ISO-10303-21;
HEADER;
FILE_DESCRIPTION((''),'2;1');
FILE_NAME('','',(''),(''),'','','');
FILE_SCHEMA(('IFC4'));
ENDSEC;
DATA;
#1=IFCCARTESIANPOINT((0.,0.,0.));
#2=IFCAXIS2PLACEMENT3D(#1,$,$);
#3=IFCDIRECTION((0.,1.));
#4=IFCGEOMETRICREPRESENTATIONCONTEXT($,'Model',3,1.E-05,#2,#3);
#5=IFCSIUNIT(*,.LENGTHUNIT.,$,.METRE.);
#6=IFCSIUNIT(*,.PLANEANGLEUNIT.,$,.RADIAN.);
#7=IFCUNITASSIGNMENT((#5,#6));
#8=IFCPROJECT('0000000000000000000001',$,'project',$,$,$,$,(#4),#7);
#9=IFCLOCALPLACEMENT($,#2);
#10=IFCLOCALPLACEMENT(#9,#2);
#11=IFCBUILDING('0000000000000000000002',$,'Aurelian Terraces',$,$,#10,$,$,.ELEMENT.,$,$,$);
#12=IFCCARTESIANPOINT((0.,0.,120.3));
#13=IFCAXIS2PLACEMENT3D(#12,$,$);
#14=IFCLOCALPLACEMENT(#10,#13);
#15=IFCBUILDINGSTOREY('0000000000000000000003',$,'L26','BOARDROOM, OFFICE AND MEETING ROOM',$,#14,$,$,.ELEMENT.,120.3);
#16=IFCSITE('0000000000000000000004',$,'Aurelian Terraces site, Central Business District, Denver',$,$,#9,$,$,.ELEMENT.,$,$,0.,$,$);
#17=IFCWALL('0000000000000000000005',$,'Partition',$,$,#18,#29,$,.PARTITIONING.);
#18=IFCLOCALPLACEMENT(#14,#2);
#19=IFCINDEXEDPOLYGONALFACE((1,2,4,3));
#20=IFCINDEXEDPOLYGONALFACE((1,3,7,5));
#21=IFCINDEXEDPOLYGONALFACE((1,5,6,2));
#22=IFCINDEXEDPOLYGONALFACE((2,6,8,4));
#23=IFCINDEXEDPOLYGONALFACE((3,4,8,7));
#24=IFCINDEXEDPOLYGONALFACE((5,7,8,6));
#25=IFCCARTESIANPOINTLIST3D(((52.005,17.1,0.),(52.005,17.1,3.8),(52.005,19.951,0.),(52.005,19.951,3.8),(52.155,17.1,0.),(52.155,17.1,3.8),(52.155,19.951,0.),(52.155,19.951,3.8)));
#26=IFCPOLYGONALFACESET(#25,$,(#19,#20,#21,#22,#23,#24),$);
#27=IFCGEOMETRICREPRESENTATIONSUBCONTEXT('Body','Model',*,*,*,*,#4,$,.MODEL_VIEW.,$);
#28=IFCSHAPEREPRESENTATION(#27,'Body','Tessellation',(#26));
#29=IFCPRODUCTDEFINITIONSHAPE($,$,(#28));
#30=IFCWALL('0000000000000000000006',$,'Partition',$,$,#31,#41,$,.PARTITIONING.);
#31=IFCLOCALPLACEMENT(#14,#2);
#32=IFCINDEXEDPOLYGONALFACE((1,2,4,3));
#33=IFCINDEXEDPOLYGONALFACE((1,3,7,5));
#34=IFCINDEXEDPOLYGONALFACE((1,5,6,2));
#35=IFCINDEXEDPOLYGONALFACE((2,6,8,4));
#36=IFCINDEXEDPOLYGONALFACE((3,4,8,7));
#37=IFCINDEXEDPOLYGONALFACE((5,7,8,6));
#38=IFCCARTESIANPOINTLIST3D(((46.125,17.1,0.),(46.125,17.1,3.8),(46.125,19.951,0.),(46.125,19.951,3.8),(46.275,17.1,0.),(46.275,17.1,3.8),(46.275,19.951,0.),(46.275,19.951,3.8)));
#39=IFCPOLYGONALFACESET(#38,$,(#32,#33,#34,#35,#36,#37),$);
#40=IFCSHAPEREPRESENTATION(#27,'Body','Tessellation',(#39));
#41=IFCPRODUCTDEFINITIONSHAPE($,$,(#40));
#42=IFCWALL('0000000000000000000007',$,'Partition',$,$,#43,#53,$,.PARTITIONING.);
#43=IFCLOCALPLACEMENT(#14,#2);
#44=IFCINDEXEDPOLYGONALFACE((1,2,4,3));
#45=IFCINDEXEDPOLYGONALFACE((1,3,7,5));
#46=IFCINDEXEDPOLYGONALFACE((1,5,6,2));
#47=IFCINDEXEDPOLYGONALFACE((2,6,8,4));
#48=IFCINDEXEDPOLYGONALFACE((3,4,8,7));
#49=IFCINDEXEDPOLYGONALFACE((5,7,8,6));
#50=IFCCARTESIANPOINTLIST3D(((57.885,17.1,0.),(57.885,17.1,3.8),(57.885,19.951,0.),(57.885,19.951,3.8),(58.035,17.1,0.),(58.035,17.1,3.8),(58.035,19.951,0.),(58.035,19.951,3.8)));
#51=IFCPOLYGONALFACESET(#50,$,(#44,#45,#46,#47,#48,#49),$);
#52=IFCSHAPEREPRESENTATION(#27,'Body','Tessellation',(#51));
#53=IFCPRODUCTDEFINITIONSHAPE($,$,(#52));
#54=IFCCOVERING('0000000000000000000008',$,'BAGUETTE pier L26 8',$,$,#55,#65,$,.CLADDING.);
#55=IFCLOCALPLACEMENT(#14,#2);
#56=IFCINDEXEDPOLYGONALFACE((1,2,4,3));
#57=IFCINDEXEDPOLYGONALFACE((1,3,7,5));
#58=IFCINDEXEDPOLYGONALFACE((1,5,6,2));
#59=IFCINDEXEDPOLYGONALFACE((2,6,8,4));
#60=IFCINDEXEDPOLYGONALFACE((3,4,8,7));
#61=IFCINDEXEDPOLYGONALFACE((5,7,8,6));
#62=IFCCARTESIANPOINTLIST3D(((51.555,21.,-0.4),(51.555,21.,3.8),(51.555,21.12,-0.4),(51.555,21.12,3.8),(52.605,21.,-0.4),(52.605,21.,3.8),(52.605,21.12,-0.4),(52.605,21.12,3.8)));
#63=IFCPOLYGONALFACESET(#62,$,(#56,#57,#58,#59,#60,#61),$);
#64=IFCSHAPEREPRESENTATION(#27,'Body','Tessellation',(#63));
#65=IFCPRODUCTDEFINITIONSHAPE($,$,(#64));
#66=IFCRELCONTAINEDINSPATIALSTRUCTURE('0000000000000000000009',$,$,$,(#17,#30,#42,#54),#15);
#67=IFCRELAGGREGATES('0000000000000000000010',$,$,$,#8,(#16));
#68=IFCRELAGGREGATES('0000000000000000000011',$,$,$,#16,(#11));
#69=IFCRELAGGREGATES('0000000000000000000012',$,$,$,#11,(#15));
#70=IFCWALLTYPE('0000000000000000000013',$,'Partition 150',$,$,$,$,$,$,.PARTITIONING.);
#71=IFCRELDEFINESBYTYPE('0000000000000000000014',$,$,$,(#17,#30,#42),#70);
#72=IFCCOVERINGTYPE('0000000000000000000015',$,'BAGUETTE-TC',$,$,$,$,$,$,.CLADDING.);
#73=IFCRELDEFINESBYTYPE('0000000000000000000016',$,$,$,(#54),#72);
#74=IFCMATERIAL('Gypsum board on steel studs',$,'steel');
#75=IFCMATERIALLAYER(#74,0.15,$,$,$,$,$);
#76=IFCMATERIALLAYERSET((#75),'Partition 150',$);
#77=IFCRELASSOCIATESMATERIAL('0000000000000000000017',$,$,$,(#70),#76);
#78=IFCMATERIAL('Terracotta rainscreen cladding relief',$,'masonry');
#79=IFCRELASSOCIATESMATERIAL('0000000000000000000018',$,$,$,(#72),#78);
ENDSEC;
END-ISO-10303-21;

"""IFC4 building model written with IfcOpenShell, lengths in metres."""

from ifc_helpers import new_model, si_unit, direction, frame, frame_2d, origin, origin_2d, place, context, subcontext, project, spatial, rectangle, extrude, source, transform, mapped, material, layer, layer_set, type_object, element, save


model = new_model("IFC4")

# Units and contexts
model_context = context("Model", 3, precision=1e-05, world=origin(), true_north=direction((0.0, 1.0)))
body_context = subcontext(model_context, "Body", "Model", "MODEL_VIEW")
ifc_project = project(units=[si_unit("LENGTHUNIT", "METRE"), si_unit("PLANEANGLEUNIT", "RADIAN")], contexts=[model_context])

# Site, building, storey
site_placement = place(None, origin())
site = spatial("IfcSite", under=ifc_project, at=site_placement, Name="Aurelian Terraces site, Central Business District, Denver", CompositionType="ELEMENT", RefElevation=0.0)
building_placement = place(site_placement, origin())
building = spatial("IfcBuilding", under=site, at=building_placement, Name="Aurelian Terraces", CompositionType="ELEMENT")
storey_placement = place(building_placement, frame((0.0, 0.0, 120.3)))
storey = spatial("IfcBuildingStorey", under=building, at=storey_placement, Name="L26", Description="BOARDROOM, OFFICE AND MEETING ROOM", CompositionType="ELEMENT", Elevation=120.3)

# Shared definitions
ifc_material_1 = material(Name="Gypsum board on steel studs", Category="steel")

# Walls
ifc_layer_1 = layer(ifc_material_1, 0.15)
ifc_layer_set_1 = layer_set([ifc_layer_1], Name="Partition 150")
wall_type_1 = type_object("IfcWallType", Name="Partition 150", PredefinedType="PARTITIONING", material=ifc_layer_set_1)
shared_shape_1 = source(origin(), body_context, "Body", "SweptSolid", [
    extrude(rectangle(XDim=2.851, YDim=0.15, at=frame_2d((1.4255, 0.0))), origin(), (0.0, 0.0, 1.0), 3.8),
])
for number, where, z_axis, x_axis, name in (
    (1, (52.08, 19.951, 0.0), (0.0, 0.0, 1.0), (0.0, -1.0, 0.0), "Partition"),
    (2, (46.2, 17.1, 0.0), (0.0, 0.0, 1.0), (0.0, 1.0, 0.0), "Partition"),
    (3, (57.96, 17.1, 0.0), (0.0, 0.0, 1.0), (0.0, 1.0, 0.0), "Partition"),
):
    element("IfcWall", number, at=place(storey_placement, frame(where, z_axis=z_axis, x_axis=x_axis)), inside=storey, type_object=wall_type_1, Name=name, PredefinedType="PARTITIONING", context=body_context, shape_type="MappedRepresentation", body=[
        mapped(shared_shape_1, transform((0.0, 0.0, 0.0), scale=1.0)),
    ])

# Covering
ifc_material_2 = material(Name="Terracotta rainscreen cladding relief", Category="masonry")
covering_type = type_object("IfcCoveringType", Name="BAGUETTE-TC", PredefinedType="CLADDING", material=ifc_material_2)
shared_shape_2 = source(origin(), body_context, "Body", "SweptSolid", [
    extrude(rectangle(XDim=1.05, YDim=0.12, at=origin_2d()), origin(), (0.0, 0.0, 1.0), 4.2),
])
covering_placement = place(storey_placement, frame((52.08, 21.06, -0.4), z_axis=(0.0, 0.0, 1.0), x_axis=(1.0, 0.0, 0.0)))
element("IfcCovering", 4, at=covering_placement, inside=storey, type_object=covering_type, Name="BAGUETTE pier L26 8", PredefinedType="CLADDING", context=body_context, shape_type="MappedRepresentation", body=[
    mapped(shared_shape_2, transform((0.0, 0.0, 0.0), scale=1.0)),
])

save(model, "model.ifc")
